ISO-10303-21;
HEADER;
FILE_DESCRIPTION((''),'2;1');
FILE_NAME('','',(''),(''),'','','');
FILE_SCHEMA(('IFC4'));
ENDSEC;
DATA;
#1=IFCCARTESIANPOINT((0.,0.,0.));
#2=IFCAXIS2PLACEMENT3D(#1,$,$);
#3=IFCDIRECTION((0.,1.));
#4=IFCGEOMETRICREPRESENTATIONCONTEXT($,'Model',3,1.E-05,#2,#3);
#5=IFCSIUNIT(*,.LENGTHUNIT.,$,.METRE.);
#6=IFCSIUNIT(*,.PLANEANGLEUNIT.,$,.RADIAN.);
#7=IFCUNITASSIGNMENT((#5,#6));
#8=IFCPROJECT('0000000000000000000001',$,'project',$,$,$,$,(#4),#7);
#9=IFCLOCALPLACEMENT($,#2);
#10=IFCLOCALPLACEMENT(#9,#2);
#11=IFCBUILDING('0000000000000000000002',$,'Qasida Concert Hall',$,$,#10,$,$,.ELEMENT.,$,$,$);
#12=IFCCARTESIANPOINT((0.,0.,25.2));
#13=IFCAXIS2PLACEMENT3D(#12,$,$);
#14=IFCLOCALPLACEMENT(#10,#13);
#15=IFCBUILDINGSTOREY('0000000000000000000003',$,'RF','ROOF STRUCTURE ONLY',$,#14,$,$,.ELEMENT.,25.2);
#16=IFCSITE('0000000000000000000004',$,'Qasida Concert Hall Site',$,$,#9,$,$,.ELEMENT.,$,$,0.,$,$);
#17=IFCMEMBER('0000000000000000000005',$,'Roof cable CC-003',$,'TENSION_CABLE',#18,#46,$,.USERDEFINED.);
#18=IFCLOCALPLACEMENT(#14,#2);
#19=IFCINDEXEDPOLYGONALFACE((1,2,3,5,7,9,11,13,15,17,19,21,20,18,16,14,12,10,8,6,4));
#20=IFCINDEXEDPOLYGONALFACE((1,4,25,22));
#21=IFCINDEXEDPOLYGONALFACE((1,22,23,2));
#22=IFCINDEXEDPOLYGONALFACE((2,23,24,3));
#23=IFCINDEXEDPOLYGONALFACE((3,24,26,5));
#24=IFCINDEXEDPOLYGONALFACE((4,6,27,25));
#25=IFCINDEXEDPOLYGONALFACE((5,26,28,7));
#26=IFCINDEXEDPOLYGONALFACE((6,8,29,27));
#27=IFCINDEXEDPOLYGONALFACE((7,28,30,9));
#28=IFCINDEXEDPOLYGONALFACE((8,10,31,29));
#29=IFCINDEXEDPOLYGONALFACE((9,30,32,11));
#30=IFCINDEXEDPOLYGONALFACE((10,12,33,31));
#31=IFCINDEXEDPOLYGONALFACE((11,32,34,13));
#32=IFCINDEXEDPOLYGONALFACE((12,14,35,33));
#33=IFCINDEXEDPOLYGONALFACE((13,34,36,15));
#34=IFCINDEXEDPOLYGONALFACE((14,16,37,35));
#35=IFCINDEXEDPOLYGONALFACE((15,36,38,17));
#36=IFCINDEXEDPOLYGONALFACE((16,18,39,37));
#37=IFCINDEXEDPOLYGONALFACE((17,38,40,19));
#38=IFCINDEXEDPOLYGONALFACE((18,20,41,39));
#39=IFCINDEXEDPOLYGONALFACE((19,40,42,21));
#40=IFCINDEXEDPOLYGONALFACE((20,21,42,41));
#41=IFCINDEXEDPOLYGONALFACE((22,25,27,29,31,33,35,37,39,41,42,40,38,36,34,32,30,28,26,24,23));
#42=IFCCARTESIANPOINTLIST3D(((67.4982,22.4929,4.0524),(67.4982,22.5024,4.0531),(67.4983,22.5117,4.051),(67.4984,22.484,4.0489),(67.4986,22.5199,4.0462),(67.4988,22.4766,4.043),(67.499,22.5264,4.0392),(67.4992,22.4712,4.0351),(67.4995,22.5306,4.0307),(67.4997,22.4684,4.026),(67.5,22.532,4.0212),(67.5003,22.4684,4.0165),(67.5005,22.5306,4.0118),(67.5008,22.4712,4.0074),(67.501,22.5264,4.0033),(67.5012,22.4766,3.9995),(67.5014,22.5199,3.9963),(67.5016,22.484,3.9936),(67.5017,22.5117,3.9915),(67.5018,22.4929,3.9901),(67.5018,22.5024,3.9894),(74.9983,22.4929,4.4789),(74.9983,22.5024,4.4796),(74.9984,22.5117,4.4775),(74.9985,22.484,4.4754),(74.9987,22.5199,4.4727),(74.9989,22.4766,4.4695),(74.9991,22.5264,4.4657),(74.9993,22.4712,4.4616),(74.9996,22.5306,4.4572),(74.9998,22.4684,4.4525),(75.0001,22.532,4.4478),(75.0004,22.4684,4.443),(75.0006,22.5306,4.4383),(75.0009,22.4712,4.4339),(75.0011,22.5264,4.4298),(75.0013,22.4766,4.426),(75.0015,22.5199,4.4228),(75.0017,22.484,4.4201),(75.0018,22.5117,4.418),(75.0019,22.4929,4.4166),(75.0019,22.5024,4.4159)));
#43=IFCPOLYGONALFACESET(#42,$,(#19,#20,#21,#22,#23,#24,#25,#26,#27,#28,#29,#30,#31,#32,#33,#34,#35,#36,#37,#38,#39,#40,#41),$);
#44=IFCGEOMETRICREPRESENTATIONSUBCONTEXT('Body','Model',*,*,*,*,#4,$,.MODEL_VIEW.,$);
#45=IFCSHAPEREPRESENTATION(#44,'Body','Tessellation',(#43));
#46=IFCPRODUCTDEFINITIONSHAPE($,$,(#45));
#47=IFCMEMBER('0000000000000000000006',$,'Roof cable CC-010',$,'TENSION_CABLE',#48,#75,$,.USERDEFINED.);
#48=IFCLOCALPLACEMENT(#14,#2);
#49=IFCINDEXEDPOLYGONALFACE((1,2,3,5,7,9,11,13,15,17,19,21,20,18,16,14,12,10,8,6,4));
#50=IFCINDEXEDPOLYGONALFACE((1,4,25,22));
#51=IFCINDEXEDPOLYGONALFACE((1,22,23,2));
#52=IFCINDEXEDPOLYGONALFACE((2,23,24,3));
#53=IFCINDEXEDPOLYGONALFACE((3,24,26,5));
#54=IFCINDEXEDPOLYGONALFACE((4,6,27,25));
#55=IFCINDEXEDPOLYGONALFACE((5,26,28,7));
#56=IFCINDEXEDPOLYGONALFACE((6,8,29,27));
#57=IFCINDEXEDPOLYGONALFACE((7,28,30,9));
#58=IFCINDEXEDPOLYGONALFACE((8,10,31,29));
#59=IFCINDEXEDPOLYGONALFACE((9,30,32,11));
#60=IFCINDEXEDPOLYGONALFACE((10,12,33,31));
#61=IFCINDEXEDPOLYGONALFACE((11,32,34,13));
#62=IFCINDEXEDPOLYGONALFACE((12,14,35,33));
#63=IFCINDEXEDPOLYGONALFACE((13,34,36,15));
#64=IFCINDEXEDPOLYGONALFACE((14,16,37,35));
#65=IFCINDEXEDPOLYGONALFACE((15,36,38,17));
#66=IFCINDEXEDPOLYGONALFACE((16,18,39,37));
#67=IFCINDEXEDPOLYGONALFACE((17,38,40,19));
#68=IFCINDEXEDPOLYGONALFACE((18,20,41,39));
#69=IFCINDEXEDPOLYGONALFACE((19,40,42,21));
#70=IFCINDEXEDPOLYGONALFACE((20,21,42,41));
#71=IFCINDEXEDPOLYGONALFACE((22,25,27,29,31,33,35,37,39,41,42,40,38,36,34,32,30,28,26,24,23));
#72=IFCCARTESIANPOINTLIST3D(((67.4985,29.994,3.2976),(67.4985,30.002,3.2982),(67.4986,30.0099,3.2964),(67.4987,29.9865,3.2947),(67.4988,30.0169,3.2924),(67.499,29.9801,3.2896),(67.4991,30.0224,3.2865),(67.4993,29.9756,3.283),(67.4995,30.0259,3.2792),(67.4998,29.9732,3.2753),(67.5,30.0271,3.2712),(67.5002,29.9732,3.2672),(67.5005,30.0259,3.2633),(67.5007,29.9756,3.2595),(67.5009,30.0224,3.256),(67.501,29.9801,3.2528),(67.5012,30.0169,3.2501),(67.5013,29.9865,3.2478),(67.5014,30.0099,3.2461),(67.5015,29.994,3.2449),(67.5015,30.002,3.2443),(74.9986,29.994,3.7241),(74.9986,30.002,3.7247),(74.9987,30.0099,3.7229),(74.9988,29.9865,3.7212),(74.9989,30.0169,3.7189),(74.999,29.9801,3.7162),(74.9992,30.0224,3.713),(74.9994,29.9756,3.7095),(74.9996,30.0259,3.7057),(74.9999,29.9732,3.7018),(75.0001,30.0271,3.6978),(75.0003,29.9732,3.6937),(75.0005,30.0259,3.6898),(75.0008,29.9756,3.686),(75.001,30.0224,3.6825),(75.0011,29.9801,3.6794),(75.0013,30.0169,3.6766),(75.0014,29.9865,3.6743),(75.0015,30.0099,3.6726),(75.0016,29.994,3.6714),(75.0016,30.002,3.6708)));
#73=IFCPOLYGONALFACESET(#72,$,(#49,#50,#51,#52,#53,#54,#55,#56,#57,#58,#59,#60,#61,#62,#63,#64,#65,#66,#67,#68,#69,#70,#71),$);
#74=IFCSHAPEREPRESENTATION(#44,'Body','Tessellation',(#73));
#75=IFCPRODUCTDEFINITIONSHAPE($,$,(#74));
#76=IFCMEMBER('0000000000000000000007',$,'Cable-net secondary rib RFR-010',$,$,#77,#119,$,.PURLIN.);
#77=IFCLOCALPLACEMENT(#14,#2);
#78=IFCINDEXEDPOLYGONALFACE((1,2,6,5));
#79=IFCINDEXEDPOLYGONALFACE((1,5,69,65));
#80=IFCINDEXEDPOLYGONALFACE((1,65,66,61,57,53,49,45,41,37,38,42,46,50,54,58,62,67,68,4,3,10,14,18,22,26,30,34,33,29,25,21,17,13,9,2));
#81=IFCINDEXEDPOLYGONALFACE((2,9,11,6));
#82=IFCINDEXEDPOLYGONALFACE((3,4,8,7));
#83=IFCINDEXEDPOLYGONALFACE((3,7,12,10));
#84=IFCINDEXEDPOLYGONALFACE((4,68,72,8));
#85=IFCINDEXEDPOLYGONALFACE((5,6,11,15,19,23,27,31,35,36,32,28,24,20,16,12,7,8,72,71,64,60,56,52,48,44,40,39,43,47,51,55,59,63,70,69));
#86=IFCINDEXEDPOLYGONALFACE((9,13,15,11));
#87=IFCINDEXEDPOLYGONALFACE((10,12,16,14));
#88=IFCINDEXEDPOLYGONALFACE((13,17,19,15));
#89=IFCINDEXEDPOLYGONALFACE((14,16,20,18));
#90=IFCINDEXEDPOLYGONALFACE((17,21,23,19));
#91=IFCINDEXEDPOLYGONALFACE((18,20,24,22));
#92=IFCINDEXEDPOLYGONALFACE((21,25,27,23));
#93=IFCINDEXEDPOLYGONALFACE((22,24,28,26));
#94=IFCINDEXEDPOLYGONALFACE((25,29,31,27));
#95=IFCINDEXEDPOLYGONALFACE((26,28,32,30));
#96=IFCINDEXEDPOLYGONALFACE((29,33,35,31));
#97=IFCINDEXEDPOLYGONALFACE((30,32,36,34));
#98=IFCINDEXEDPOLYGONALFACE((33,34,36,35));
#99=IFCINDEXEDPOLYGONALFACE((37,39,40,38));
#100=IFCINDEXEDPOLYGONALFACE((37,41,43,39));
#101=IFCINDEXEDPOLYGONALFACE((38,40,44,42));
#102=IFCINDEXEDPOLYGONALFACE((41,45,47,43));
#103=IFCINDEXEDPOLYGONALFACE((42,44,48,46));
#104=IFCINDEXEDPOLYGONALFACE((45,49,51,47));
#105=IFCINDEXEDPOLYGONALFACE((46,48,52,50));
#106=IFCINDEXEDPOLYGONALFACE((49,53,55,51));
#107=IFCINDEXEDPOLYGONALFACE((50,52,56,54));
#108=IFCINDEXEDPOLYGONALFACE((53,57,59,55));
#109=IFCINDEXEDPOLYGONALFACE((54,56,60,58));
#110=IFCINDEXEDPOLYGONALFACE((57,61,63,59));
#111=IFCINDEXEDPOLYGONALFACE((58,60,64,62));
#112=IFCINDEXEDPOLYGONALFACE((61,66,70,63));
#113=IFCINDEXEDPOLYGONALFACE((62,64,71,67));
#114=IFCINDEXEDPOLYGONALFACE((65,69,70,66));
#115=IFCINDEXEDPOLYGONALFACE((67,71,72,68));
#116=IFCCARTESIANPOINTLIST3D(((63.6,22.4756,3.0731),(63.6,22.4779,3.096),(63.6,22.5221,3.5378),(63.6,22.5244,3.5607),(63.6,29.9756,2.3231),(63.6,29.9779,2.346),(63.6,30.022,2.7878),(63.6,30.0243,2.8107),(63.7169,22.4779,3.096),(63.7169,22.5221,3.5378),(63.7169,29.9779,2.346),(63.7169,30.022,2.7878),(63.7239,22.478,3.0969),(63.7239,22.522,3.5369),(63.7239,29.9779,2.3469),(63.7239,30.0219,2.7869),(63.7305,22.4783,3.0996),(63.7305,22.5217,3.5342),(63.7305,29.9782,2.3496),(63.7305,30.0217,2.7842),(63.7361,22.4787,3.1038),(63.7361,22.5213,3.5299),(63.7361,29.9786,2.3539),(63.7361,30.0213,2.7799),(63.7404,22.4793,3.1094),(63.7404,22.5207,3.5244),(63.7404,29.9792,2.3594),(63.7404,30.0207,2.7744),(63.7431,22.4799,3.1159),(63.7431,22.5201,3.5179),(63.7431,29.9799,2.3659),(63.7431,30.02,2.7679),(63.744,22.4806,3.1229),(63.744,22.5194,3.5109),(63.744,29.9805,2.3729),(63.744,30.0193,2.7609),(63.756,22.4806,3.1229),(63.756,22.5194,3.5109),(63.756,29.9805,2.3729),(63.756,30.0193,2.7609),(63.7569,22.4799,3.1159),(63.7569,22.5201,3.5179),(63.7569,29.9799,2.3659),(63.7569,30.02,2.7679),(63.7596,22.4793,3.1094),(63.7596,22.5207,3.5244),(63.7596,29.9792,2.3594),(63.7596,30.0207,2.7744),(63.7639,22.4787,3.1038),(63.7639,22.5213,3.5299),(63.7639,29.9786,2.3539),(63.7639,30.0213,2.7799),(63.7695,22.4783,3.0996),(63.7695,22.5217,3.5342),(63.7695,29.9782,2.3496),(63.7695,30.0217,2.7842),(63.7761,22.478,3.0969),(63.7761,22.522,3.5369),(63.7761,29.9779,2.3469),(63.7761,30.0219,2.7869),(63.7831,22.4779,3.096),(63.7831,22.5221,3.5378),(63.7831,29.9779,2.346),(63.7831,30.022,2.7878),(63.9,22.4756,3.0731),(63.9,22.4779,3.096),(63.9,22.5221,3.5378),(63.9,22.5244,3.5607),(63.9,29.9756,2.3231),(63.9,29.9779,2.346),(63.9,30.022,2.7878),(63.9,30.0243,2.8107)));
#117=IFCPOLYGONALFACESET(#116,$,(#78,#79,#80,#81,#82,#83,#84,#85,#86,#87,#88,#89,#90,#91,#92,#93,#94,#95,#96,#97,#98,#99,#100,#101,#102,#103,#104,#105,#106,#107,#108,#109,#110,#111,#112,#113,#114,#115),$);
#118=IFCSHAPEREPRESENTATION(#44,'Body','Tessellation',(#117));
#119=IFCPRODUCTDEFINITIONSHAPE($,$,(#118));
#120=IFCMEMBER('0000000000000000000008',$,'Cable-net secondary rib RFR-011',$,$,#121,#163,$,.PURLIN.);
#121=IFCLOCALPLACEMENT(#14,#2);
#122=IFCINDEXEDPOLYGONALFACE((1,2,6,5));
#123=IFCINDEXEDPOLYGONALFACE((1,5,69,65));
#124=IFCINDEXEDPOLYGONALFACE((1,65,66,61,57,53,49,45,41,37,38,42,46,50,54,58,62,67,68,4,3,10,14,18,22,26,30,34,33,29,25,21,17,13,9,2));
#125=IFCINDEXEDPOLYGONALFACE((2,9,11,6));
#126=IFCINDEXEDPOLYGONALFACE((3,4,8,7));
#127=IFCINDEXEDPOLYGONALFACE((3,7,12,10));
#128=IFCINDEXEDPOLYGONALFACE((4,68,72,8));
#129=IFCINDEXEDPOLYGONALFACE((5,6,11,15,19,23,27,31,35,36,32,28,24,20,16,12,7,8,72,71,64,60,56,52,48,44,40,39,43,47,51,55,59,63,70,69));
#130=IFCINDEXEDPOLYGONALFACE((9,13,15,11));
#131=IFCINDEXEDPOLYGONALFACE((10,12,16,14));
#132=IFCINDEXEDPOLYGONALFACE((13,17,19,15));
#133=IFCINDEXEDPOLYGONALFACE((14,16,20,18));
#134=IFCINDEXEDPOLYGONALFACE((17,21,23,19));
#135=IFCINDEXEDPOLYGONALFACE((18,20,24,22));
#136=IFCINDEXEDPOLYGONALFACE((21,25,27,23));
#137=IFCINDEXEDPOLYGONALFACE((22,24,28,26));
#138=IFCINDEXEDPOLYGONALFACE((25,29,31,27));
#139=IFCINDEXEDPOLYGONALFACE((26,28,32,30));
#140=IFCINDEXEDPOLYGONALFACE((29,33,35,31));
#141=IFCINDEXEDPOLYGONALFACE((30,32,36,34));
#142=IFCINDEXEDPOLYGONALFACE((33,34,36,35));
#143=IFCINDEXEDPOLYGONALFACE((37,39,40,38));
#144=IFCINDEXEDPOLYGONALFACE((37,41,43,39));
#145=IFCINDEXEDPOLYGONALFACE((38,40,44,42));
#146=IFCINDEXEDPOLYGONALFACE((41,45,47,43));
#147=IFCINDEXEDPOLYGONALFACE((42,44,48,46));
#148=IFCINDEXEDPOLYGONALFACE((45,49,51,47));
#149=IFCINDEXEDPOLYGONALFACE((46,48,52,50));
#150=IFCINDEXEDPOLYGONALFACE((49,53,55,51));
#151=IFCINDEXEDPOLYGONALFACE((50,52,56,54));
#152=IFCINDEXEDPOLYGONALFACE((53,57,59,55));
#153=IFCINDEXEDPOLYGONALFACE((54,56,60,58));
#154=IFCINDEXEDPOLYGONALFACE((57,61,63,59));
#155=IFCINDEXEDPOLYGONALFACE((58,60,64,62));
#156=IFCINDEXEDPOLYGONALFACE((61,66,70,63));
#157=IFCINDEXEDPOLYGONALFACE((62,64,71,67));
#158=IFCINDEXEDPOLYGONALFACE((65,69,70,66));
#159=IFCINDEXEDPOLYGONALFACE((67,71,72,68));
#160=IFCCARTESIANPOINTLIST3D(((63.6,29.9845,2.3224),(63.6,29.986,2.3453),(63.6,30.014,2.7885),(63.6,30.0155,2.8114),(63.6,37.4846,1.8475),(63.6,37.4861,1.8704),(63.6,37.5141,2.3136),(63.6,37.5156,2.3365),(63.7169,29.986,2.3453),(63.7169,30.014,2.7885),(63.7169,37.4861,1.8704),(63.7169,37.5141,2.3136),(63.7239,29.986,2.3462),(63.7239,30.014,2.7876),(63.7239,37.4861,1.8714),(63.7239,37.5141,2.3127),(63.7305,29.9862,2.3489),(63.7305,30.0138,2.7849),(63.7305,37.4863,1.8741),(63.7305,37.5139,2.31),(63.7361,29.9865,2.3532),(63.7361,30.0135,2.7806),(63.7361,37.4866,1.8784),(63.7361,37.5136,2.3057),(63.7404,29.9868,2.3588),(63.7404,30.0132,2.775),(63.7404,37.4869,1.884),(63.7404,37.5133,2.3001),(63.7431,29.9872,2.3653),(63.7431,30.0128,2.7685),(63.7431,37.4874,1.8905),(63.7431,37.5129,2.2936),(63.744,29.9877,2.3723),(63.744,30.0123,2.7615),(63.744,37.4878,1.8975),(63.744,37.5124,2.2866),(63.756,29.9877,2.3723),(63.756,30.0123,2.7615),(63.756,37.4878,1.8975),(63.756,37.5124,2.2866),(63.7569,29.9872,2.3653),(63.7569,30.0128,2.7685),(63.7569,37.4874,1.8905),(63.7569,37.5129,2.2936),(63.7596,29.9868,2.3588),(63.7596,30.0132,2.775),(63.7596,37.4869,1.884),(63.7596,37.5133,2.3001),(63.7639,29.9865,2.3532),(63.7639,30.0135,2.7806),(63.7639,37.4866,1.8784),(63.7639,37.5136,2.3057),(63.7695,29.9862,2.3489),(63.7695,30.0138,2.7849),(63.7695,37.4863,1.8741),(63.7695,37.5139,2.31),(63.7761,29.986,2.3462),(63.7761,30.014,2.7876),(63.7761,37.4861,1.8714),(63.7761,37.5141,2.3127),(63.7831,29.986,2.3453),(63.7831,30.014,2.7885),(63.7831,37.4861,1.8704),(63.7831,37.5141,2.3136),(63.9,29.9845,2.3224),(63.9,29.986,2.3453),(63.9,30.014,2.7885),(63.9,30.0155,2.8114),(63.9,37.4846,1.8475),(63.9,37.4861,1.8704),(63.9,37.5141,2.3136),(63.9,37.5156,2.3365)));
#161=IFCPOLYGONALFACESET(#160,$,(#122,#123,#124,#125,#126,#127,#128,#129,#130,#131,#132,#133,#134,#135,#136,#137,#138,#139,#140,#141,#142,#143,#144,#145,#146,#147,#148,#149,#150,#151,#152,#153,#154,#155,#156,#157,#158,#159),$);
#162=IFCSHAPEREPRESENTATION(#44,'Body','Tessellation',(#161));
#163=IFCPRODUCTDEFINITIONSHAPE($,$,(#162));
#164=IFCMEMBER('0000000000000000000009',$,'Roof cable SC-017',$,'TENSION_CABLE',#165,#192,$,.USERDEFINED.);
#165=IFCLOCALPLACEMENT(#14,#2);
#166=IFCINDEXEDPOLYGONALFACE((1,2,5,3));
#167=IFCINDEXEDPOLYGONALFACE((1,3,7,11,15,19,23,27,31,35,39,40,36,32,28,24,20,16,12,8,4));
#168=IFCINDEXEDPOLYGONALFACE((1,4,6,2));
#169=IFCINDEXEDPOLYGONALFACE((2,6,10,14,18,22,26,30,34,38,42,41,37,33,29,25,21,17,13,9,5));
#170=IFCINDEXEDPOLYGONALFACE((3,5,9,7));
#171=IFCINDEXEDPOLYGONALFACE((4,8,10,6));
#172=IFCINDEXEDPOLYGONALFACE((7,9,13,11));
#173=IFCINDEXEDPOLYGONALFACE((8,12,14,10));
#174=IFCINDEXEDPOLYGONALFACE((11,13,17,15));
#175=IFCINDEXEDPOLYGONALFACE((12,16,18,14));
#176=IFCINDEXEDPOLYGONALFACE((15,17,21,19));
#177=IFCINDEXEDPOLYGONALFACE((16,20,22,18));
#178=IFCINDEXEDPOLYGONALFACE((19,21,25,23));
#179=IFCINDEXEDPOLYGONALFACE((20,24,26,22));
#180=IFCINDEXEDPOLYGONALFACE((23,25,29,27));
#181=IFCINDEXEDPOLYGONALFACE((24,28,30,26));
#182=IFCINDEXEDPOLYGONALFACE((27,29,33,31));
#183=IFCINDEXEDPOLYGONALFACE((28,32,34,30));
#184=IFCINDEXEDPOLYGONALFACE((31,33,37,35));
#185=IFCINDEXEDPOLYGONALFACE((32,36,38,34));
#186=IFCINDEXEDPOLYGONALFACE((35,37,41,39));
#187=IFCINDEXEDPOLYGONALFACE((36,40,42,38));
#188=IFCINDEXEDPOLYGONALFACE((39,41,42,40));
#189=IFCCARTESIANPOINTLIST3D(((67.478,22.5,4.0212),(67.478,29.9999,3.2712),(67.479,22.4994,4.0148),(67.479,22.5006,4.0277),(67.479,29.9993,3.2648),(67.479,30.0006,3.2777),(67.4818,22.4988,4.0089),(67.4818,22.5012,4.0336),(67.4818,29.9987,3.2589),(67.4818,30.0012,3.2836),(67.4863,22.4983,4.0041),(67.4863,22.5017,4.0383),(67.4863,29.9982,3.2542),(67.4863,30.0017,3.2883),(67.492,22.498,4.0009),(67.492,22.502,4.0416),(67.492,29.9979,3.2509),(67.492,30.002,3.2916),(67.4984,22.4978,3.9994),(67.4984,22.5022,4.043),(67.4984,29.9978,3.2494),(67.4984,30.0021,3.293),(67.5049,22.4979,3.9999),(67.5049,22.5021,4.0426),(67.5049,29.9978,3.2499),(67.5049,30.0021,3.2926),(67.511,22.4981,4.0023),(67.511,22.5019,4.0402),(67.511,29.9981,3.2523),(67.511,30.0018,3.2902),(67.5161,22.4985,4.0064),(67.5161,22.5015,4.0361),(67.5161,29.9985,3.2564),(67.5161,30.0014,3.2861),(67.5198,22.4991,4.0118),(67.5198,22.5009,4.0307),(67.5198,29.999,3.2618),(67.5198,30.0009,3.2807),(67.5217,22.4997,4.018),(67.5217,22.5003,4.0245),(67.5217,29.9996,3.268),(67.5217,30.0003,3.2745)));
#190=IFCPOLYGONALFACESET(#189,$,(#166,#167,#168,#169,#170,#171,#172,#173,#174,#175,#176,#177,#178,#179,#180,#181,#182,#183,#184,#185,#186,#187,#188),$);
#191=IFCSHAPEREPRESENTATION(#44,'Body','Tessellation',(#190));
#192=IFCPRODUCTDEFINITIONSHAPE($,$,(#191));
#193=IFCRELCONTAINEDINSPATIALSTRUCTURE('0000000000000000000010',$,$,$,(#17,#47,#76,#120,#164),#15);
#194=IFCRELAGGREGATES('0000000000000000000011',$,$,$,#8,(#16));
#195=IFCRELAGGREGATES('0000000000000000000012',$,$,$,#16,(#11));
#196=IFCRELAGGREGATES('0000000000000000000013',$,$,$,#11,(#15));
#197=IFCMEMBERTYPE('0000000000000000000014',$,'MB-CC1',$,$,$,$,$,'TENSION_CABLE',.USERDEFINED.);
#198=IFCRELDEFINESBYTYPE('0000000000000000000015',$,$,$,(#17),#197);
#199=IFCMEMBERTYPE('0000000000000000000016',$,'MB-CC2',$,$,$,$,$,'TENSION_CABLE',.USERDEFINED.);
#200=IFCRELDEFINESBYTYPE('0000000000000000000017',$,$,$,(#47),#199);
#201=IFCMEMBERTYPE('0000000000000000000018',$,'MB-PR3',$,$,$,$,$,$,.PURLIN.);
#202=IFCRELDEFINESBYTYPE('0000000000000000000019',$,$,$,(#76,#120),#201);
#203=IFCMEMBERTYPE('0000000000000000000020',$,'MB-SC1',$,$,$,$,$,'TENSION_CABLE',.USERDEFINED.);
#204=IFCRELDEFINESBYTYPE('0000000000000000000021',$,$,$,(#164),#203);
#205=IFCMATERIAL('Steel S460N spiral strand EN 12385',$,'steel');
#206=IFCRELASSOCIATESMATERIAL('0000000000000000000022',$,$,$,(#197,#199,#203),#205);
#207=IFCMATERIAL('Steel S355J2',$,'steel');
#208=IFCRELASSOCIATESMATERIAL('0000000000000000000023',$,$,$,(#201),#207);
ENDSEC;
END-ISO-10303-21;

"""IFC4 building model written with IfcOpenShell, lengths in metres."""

from ifc_helpers import new_model, si_unit, direction, frame, origin, origin_2d, place, context, subcontext, project, spatial, circle, i_section, extrude, material, material_profile, profile_set, type_object, element, save


model = new_model("IFC4")

# Units and contexts
model_context = context("Model", 3, precision=1e-05, world=origin(), true_north=direction((0.0, 1.0)))
body_context = subcontext(model_context, "Body", "Model", "MODEL_VIEW")
ifc_project = project(units=[si_unit("LENGTHUNIT", "METRE"), si_unit("PLANEANGLEUNIT", "RADIAN")], contexts=[model_context])

# Site, building, storey
site_placement = place(None, origin())
site = spatial("IfcSite", under=ifc_project, at=site_placement, Name="Qasida Concert Hall Site", CompositionType="ELEMENT", RefElevation=0.0)
building_placement = place(site_placement, origin())
building = spatial("IfcBuilding", under=site, at=building_placement, Name="Qasida Concert Hall", CompositionType="ELEMENT")
storey_placement = place(building_placement, frame((0.0, 0.0, 25.2)))
storey = spatial("IfcBuildingStorey", under=building, at=storey_placement, Name="RF", Description="ROOF STRUCTURE ONLY", CompositionType="ELEMENT", Elevation=25.2)

# Members
ifc_material_1 = material(Name="Steel S460N spiral strand EN 12385", Category="steel")
ifc_material_profile_1 = material_profile(ifc_material_1, circle(Radius=0.032, at=origin_2d()), Name="STRAND D64")
ifc_profile_set_1 = profile_set([ifc_material_profile_1], Name="Steel S460N spiral strand EN 12385")
member_type_1 = type_object("IfcMemberType", Name="MB-CC1", ElementType="TENSION_CABLE", PredefinedType="USERDEFINED", material=ifc_profile_set_1)
member_1_placement = place(storey_placement, frame((67.5, 22.5, 4.0212), z_axis=(0.998387, 0.0, 0.056777), x_axis=(0.0, 1.0, 0.0)))
element("IfcMember", 1, at=member_1_placement, inside=storey, type_object=member_type_1, Name="Roof cable CC-003", ObjectType="TENSION_CABLE", PredefinedType="USERDEFINED", context=body_context, shape_type="SweptSolid", body=[
    extrude(circle(Radius=0.032, at=origin_2d()), origin(), (0.0, 0.0, 1.0), 7.5122),
])
ifc_material_profile_2 = material_profile(ifc_material_1, circle(Radius=0.0271, at=origin_2d()), Name="STRAND D54")
ifc_profile_set_2 = profile_set([ifc_material_profile_2], Name="Steel S460N spiral strand EN 12385")
member_type_2 = type_object("IfcMemberType", Name="MB-CC2", ElementType="TENSION_CABLE", PredefinedType="USERDEFINED", material=ifc_profile_set_2)
member_2_placement = place(storey_placement, frame((67.5, 30.0, 3.2712), z_axis=(0.998387, 0.0, 0.056777), x_axis=(0.0, 1.0, 0.0)))
element("IfcMember", 2, at=member_2_placement, inside=storey, type_object=member_type_2, Name="Roof cable CC-010", ObjectType="TENSION_CABLE", PredefinedType="USERDEFINED", context=body_context, shape_type="SweptSolid", body=[
    extrude(circle(Radius=0.0271, at=origin_2d()), origin(), (0.0, 0.0, 1.0), 7.5122),
])
ifc_material_2 = material(Name="Steel S355J2", Category="steel")
ifc_material_profile_3 = material_profile(ifc_material_2, i_section(OverallWidth=0.3, OverallDepth=0.49, WebThickness=0.012, FlangeThickness=0.0229, FilletRadius=0.0271, at=origin_2d()), Name="HEA 500")
ifc_profile_set_3 = profile_set([ifc_material_profile_3], Name="Steel S355J2")
member_type_3 = type_object("IfcMemberType", Name="MB-PR3", PredefinedType="PURLIN", material=ifc_profile_set_3)
member_3_placement = place(storey_placement, frame((63.75, 22.5, 3.3169), z_axis=(0.0, 0.995037, -0.099504), x_axis=(-1.0, 0.0, 0.0)))
element("IfcMember", 3, at=member_3_placement, inside=storey, type_object=member_type_3, Name="Cable-net secondary rib RFR-010", PredefinedType="PURLIN", context=body_context, shape_type="SweptSolid", body=[
    extrude(i_section(OverallWidth=0.3, OverallDepth=0.49, WebThickness=0.012, FlangeThickness=0.0229, FilletRadius=0.0271, at=origin_2d()), origin(), (0.0, 0.0, 1.0), 7.5374),
])
member_4_placement = place(storey_placement, frame((63.75, 30.0, 2.5669), z_axis=(0.0, 0.998002, -0.063187), x_axis=(-1.0, 0.0, 0.0)))
element("IfcMember", 4, at=member_4_placement, inside=storey, type_object=member_type_3, Name="Cable-net secondary rib RFR-011", PredefinedType="PURLIN", context=body_context, shape_type="SweptSolid", body=[
    extrude(i_section(OverallWidth=0.3, OverallDepth=0.49, WebThickness=0.012, FlangeThickness=0.0229, FilletRadius=0.0271, at=origin_2d()), origin(), (0.0, 0.0, 1.0), 7.5151),
])
ifc_material_profile_4 = material_profile(ifc_material_1, circle(Radius=0.022, at=origin_2d()), Name="STRAND D44")
ifc_profile_set_4 = profile_set([ifc_material_profile_4], Name="Steel S460N spiral strand EN 12385")
member_type_4 = type_object("IfcMemberType", Name="MB-SC1", ElementType="TENSION_CABLE", PredefinedType="USERDEFINED", material=ifc_profile_set_4)
member_5_placement = place(storey_placement, frame((67.5, 22.5, 4.0212), z_axis=(0.0, 0.995037, -0.099504), x_axis=(-1.0, 0.0, 0.0)))
element("IfcMember", 5, at=member_5_placement, inside=storey, type_object=member_type_4, Name="Roof cable SC-017", ObjectType="TENSION_CABLE", PredefinedType="USERDEFINED", context=body_context, shape_type="SweptSolid", body=[
    extrude(circle(Radius=0.022, at=origin_2d()), origin(), (0.0, 0.0, 1.0), 7.5374),
])

save(model, "model.ifc")
